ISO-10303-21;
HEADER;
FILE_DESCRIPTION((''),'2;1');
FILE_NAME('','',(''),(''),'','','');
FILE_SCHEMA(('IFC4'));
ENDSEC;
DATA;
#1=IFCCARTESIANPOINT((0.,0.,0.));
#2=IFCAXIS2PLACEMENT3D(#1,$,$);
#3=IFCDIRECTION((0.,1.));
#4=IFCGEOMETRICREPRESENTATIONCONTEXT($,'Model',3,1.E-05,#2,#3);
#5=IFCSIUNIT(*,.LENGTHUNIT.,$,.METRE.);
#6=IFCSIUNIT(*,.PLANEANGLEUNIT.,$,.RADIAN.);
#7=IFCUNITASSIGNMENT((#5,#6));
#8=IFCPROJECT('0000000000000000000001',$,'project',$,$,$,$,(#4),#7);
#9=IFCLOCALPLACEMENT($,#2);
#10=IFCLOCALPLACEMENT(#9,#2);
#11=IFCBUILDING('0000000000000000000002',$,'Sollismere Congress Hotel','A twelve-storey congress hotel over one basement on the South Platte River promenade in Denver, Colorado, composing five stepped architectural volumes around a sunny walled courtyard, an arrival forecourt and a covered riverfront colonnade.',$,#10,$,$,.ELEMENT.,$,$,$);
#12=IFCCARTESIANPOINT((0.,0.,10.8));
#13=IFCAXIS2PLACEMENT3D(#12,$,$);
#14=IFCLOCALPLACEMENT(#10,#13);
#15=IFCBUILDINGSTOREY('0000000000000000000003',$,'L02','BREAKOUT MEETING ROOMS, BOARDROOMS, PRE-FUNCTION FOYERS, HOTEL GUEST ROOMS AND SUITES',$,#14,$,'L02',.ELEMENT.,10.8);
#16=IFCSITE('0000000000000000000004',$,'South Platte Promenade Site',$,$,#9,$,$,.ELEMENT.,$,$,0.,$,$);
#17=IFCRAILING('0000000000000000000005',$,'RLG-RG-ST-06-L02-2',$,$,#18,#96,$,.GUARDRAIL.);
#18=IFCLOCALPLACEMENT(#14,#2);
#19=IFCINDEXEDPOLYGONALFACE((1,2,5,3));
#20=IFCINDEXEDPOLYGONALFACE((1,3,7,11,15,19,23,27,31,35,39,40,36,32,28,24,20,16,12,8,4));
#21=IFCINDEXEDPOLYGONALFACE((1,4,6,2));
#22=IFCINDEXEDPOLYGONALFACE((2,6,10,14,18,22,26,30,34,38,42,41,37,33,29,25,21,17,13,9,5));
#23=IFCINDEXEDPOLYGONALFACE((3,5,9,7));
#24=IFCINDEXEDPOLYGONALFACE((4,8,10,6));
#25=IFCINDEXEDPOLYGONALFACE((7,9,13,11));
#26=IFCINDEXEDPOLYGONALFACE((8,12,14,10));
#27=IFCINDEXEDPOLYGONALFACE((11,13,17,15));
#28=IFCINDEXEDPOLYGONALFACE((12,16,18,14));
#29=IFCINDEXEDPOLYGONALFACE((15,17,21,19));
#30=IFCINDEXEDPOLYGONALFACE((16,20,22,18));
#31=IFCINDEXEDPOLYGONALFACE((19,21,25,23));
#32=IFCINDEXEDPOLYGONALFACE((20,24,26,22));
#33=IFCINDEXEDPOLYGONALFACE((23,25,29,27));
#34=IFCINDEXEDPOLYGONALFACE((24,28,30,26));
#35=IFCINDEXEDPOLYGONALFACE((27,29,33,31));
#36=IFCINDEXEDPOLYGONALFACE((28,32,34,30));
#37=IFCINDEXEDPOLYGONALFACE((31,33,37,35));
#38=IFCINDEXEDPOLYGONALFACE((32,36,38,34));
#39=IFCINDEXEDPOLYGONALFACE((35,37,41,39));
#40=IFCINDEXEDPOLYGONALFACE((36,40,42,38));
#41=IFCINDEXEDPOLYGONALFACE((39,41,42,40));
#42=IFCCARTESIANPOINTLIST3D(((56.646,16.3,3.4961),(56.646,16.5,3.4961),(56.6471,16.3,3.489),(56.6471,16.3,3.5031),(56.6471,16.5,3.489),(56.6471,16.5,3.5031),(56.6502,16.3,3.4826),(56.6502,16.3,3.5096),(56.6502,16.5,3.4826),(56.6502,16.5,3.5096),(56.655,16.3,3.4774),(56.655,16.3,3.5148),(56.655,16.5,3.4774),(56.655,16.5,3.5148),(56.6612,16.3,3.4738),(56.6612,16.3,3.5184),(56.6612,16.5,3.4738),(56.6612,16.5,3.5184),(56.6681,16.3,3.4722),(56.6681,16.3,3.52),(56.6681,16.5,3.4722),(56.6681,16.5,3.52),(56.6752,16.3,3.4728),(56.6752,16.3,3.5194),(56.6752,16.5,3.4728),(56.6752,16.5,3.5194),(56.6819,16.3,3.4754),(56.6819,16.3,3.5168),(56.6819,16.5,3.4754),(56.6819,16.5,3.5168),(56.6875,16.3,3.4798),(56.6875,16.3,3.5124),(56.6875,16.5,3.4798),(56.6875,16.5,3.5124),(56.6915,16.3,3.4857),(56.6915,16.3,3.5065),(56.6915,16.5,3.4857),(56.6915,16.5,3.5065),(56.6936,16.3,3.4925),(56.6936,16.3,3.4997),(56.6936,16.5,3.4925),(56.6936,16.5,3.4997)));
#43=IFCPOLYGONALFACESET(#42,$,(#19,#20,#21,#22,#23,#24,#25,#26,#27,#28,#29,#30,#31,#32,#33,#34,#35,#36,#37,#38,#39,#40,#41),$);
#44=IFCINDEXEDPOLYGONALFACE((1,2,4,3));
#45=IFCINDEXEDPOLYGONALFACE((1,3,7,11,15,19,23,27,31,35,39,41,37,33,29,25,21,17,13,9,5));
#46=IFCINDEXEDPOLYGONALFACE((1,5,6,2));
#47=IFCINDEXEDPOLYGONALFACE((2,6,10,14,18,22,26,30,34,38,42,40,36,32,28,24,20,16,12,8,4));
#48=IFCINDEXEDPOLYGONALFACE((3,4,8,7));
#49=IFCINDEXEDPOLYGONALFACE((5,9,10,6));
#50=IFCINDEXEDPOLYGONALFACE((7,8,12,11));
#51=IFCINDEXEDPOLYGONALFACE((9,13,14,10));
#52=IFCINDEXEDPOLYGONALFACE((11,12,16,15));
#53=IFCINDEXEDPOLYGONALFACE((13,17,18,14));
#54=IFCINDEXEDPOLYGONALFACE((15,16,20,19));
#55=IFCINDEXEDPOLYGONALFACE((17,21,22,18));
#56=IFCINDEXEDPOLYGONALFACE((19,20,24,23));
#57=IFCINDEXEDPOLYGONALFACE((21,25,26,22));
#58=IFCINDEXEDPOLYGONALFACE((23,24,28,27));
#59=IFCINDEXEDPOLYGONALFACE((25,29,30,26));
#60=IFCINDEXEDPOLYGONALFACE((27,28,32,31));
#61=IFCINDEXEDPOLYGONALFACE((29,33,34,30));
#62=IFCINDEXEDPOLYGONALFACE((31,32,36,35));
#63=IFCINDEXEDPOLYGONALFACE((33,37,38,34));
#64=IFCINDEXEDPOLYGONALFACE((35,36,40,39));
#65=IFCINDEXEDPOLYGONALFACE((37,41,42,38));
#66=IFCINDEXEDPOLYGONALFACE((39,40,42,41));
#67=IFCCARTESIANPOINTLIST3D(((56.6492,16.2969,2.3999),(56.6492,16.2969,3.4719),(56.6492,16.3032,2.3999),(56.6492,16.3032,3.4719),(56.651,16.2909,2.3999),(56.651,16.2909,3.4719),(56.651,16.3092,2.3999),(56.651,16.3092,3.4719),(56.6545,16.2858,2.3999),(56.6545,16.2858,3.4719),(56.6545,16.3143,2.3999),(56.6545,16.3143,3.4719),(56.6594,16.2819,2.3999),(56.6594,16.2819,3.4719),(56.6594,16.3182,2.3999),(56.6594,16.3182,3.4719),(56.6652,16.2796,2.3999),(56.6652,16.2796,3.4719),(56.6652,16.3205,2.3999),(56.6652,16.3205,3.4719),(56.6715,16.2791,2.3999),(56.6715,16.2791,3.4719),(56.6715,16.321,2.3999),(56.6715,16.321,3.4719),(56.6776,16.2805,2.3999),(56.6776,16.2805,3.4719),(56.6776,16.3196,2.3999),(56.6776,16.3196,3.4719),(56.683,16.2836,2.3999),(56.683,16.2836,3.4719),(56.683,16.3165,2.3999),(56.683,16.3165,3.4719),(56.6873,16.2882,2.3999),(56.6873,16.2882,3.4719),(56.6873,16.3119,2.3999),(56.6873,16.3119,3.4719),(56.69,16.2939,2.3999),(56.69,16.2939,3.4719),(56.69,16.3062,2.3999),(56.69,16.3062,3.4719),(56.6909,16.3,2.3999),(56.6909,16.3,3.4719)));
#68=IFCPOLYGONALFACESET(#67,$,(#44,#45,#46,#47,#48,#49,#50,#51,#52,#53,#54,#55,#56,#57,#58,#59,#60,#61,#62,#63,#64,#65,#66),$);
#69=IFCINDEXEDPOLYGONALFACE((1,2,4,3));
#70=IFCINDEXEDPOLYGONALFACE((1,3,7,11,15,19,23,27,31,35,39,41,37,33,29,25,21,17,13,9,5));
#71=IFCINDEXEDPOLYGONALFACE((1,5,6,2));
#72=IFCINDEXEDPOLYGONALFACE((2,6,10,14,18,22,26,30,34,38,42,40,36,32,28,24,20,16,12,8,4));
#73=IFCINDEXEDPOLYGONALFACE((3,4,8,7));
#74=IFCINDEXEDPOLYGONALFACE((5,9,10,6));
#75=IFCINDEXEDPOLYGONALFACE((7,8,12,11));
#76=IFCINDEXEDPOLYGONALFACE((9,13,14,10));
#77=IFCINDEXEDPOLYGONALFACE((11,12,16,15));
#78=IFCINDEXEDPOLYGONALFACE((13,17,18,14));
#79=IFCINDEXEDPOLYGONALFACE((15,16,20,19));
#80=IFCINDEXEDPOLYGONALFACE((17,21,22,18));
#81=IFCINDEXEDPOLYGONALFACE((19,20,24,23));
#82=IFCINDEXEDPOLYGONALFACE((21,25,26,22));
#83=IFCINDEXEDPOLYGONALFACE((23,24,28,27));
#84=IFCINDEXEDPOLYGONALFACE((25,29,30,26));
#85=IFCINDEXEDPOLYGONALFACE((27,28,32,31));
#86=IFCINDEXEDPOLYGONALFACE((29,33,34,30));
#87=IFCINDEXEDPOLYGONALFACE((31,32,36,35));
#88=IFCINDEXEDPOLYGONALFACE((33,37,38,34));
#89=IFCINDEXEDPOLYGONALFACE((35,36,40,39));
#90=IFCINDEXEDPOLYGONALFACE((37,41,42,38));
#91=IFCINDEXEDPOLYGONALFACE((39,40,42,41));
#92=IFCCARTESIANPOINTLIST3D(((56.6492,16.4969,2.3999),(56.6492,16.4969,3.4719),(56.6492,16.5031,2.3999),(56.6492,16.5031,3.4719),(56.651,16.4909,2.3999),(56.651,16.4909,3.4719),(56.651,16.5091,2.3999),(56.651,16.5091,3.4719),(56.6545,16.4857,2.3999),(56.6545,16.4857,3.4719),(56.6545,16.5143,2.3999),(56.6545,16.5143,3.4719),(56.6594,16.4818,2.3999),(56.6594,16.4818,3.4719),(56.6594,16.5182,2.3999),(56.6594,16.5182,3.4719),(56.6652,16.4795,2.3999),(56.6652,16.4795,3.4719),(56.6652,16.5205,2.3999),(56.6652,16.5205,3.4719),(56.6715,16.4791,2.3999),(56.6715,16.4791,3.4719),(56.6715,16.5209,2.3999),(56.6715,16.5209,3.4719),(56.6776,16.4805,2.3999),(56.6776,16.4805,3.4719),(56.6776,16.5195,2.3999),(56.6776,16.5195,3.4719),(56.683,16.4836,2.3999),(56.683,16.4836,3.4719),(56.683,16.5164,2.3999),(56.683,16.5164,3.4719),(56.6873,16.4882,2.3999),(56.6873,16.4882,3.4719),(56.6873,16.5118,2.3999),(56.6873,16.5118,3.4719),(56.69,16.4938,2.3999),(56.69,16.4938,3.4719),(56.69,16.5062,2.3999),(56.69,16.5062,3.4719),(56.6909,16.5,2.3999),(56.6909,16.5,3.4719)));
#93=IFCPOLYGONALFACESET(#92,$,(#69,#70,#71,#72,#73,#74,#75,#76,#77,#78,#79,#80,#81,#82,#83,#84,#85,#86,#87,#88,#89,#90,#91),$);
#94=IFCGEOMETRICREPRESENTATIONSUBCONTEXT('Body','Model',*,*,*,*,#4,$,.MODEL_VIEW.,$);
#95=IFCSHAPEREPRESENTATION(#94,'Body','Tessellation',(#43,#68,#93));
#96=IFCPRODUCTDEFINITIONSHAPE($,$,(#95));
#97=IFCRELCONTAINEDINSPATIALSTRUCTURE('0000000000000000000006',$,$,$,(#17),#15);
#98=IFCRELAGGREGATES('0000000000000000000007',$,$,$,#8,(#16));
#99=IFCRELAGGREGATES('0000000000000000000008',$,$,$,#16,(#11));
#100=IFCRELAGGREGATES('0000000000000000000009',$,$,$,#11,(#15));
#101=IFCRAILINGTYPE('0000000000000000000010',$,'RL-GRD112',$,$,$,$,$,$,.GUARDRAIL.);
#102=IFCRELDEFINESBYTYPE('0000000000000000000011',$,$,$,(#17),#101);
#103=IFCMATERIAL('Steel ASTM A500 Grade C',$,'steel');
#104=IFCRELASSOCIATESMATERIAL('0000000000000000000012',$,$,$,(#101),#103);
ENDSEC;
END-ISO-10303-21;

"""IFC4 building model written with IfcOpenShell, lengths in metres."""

from ifc_helpers import new_model, si_unit, direction, frame, origin, origin_2d, place, context, subcontext, project, spatial, circle, extrude, material, type_object, element, save


model = new_model("IFC4")

# Units and contexts
model_context = context("Model", 3, precision=1e-05, world=origin(), true_north=direction((0.0, 1.0)))
body_context = subcontext(model_context, "Body", "Model", "MODEL_VIEW")
ifc_project = project(units=[si_unit("LENGTHUNIT", "METRE"), si_unit("PLANEANGLEUNIT", "RADIAN")], contexts=[model_context])

# Site, building, storey
site_placement = place(None, origin())
site = spatial("IfcSite", under=ifc_project, at=site_placement, Name="South Platte Promenade Site", CompositionType="ELEMENT", RefElevation=0.0)
building_placement = place(site_placement, origin())
building = spatial("IfcBuilding", under=site, at=building_placement, Name="Sollismere Congress Hotel", Description="A twelve-storey congress hotel over one basement on the South Platte River promenade in Denver, Colorado, composing five stepped architectural volumes around a sunny walled courtyard, an arrival forecourt and a covered riverfront colonnade.", CompositionType="ELEMENT")
storey_placement = place(building_placement, frame((0.0, 0.0, 10.8)))
storey = spatial("IfcBuildingStorey", under=building, at=storey_placement, Name="L02", Description="BREAKOUT MEETING ROOMS, BOARDROOMS, PRE-FUNCTION FOYERS, HOTEL GUEST ROOMS AND SUITES", LongName="L02", CompositionType="ELEMENT", Elevation=10.8)

# Railing
ifc_material_1 = material(Name="Steel ASTM A500 Grade C", Category="steel")
railing_type_1 = type_object("IfcRailingType", Name="RL-GRD112", PredefinedType="GUARDRAIL", material=ifc_material_1)
railing_1_placement = place(storey_placement, frame((56.6699, 16.3, 2.3999)))
element("IfcRailing", 1, at=railing_1_placement, inside=storey, type_object=railing_type_1, Name="RLG-RG-ST-06-L02-2", PredefinedType="GUARDRAIL", context=body_context, shape_type="SweptSolid", body=[
    extrude(circle(Radius=0.0239, at=origin_2d()), frame((0.0, 0.0, 1.0962), z_axis=(0.0, 1.0, 0.0), x_axis=(-1.0, 0.0, 0.0)), (0.0, 0.0, 1.0), 0.2),
    extrude(circle(Radius=0.021, at=origin_2d()), origin(), (0.0, 0.0, 1.0), 1.072),
    extrude(circle(Radius=0.021, at=origin_2d()), frame((0.0, 0.2, 0.0)), (0.0, 0.0, 1.0), 1.072),
])

save(model, "model.ifc")
